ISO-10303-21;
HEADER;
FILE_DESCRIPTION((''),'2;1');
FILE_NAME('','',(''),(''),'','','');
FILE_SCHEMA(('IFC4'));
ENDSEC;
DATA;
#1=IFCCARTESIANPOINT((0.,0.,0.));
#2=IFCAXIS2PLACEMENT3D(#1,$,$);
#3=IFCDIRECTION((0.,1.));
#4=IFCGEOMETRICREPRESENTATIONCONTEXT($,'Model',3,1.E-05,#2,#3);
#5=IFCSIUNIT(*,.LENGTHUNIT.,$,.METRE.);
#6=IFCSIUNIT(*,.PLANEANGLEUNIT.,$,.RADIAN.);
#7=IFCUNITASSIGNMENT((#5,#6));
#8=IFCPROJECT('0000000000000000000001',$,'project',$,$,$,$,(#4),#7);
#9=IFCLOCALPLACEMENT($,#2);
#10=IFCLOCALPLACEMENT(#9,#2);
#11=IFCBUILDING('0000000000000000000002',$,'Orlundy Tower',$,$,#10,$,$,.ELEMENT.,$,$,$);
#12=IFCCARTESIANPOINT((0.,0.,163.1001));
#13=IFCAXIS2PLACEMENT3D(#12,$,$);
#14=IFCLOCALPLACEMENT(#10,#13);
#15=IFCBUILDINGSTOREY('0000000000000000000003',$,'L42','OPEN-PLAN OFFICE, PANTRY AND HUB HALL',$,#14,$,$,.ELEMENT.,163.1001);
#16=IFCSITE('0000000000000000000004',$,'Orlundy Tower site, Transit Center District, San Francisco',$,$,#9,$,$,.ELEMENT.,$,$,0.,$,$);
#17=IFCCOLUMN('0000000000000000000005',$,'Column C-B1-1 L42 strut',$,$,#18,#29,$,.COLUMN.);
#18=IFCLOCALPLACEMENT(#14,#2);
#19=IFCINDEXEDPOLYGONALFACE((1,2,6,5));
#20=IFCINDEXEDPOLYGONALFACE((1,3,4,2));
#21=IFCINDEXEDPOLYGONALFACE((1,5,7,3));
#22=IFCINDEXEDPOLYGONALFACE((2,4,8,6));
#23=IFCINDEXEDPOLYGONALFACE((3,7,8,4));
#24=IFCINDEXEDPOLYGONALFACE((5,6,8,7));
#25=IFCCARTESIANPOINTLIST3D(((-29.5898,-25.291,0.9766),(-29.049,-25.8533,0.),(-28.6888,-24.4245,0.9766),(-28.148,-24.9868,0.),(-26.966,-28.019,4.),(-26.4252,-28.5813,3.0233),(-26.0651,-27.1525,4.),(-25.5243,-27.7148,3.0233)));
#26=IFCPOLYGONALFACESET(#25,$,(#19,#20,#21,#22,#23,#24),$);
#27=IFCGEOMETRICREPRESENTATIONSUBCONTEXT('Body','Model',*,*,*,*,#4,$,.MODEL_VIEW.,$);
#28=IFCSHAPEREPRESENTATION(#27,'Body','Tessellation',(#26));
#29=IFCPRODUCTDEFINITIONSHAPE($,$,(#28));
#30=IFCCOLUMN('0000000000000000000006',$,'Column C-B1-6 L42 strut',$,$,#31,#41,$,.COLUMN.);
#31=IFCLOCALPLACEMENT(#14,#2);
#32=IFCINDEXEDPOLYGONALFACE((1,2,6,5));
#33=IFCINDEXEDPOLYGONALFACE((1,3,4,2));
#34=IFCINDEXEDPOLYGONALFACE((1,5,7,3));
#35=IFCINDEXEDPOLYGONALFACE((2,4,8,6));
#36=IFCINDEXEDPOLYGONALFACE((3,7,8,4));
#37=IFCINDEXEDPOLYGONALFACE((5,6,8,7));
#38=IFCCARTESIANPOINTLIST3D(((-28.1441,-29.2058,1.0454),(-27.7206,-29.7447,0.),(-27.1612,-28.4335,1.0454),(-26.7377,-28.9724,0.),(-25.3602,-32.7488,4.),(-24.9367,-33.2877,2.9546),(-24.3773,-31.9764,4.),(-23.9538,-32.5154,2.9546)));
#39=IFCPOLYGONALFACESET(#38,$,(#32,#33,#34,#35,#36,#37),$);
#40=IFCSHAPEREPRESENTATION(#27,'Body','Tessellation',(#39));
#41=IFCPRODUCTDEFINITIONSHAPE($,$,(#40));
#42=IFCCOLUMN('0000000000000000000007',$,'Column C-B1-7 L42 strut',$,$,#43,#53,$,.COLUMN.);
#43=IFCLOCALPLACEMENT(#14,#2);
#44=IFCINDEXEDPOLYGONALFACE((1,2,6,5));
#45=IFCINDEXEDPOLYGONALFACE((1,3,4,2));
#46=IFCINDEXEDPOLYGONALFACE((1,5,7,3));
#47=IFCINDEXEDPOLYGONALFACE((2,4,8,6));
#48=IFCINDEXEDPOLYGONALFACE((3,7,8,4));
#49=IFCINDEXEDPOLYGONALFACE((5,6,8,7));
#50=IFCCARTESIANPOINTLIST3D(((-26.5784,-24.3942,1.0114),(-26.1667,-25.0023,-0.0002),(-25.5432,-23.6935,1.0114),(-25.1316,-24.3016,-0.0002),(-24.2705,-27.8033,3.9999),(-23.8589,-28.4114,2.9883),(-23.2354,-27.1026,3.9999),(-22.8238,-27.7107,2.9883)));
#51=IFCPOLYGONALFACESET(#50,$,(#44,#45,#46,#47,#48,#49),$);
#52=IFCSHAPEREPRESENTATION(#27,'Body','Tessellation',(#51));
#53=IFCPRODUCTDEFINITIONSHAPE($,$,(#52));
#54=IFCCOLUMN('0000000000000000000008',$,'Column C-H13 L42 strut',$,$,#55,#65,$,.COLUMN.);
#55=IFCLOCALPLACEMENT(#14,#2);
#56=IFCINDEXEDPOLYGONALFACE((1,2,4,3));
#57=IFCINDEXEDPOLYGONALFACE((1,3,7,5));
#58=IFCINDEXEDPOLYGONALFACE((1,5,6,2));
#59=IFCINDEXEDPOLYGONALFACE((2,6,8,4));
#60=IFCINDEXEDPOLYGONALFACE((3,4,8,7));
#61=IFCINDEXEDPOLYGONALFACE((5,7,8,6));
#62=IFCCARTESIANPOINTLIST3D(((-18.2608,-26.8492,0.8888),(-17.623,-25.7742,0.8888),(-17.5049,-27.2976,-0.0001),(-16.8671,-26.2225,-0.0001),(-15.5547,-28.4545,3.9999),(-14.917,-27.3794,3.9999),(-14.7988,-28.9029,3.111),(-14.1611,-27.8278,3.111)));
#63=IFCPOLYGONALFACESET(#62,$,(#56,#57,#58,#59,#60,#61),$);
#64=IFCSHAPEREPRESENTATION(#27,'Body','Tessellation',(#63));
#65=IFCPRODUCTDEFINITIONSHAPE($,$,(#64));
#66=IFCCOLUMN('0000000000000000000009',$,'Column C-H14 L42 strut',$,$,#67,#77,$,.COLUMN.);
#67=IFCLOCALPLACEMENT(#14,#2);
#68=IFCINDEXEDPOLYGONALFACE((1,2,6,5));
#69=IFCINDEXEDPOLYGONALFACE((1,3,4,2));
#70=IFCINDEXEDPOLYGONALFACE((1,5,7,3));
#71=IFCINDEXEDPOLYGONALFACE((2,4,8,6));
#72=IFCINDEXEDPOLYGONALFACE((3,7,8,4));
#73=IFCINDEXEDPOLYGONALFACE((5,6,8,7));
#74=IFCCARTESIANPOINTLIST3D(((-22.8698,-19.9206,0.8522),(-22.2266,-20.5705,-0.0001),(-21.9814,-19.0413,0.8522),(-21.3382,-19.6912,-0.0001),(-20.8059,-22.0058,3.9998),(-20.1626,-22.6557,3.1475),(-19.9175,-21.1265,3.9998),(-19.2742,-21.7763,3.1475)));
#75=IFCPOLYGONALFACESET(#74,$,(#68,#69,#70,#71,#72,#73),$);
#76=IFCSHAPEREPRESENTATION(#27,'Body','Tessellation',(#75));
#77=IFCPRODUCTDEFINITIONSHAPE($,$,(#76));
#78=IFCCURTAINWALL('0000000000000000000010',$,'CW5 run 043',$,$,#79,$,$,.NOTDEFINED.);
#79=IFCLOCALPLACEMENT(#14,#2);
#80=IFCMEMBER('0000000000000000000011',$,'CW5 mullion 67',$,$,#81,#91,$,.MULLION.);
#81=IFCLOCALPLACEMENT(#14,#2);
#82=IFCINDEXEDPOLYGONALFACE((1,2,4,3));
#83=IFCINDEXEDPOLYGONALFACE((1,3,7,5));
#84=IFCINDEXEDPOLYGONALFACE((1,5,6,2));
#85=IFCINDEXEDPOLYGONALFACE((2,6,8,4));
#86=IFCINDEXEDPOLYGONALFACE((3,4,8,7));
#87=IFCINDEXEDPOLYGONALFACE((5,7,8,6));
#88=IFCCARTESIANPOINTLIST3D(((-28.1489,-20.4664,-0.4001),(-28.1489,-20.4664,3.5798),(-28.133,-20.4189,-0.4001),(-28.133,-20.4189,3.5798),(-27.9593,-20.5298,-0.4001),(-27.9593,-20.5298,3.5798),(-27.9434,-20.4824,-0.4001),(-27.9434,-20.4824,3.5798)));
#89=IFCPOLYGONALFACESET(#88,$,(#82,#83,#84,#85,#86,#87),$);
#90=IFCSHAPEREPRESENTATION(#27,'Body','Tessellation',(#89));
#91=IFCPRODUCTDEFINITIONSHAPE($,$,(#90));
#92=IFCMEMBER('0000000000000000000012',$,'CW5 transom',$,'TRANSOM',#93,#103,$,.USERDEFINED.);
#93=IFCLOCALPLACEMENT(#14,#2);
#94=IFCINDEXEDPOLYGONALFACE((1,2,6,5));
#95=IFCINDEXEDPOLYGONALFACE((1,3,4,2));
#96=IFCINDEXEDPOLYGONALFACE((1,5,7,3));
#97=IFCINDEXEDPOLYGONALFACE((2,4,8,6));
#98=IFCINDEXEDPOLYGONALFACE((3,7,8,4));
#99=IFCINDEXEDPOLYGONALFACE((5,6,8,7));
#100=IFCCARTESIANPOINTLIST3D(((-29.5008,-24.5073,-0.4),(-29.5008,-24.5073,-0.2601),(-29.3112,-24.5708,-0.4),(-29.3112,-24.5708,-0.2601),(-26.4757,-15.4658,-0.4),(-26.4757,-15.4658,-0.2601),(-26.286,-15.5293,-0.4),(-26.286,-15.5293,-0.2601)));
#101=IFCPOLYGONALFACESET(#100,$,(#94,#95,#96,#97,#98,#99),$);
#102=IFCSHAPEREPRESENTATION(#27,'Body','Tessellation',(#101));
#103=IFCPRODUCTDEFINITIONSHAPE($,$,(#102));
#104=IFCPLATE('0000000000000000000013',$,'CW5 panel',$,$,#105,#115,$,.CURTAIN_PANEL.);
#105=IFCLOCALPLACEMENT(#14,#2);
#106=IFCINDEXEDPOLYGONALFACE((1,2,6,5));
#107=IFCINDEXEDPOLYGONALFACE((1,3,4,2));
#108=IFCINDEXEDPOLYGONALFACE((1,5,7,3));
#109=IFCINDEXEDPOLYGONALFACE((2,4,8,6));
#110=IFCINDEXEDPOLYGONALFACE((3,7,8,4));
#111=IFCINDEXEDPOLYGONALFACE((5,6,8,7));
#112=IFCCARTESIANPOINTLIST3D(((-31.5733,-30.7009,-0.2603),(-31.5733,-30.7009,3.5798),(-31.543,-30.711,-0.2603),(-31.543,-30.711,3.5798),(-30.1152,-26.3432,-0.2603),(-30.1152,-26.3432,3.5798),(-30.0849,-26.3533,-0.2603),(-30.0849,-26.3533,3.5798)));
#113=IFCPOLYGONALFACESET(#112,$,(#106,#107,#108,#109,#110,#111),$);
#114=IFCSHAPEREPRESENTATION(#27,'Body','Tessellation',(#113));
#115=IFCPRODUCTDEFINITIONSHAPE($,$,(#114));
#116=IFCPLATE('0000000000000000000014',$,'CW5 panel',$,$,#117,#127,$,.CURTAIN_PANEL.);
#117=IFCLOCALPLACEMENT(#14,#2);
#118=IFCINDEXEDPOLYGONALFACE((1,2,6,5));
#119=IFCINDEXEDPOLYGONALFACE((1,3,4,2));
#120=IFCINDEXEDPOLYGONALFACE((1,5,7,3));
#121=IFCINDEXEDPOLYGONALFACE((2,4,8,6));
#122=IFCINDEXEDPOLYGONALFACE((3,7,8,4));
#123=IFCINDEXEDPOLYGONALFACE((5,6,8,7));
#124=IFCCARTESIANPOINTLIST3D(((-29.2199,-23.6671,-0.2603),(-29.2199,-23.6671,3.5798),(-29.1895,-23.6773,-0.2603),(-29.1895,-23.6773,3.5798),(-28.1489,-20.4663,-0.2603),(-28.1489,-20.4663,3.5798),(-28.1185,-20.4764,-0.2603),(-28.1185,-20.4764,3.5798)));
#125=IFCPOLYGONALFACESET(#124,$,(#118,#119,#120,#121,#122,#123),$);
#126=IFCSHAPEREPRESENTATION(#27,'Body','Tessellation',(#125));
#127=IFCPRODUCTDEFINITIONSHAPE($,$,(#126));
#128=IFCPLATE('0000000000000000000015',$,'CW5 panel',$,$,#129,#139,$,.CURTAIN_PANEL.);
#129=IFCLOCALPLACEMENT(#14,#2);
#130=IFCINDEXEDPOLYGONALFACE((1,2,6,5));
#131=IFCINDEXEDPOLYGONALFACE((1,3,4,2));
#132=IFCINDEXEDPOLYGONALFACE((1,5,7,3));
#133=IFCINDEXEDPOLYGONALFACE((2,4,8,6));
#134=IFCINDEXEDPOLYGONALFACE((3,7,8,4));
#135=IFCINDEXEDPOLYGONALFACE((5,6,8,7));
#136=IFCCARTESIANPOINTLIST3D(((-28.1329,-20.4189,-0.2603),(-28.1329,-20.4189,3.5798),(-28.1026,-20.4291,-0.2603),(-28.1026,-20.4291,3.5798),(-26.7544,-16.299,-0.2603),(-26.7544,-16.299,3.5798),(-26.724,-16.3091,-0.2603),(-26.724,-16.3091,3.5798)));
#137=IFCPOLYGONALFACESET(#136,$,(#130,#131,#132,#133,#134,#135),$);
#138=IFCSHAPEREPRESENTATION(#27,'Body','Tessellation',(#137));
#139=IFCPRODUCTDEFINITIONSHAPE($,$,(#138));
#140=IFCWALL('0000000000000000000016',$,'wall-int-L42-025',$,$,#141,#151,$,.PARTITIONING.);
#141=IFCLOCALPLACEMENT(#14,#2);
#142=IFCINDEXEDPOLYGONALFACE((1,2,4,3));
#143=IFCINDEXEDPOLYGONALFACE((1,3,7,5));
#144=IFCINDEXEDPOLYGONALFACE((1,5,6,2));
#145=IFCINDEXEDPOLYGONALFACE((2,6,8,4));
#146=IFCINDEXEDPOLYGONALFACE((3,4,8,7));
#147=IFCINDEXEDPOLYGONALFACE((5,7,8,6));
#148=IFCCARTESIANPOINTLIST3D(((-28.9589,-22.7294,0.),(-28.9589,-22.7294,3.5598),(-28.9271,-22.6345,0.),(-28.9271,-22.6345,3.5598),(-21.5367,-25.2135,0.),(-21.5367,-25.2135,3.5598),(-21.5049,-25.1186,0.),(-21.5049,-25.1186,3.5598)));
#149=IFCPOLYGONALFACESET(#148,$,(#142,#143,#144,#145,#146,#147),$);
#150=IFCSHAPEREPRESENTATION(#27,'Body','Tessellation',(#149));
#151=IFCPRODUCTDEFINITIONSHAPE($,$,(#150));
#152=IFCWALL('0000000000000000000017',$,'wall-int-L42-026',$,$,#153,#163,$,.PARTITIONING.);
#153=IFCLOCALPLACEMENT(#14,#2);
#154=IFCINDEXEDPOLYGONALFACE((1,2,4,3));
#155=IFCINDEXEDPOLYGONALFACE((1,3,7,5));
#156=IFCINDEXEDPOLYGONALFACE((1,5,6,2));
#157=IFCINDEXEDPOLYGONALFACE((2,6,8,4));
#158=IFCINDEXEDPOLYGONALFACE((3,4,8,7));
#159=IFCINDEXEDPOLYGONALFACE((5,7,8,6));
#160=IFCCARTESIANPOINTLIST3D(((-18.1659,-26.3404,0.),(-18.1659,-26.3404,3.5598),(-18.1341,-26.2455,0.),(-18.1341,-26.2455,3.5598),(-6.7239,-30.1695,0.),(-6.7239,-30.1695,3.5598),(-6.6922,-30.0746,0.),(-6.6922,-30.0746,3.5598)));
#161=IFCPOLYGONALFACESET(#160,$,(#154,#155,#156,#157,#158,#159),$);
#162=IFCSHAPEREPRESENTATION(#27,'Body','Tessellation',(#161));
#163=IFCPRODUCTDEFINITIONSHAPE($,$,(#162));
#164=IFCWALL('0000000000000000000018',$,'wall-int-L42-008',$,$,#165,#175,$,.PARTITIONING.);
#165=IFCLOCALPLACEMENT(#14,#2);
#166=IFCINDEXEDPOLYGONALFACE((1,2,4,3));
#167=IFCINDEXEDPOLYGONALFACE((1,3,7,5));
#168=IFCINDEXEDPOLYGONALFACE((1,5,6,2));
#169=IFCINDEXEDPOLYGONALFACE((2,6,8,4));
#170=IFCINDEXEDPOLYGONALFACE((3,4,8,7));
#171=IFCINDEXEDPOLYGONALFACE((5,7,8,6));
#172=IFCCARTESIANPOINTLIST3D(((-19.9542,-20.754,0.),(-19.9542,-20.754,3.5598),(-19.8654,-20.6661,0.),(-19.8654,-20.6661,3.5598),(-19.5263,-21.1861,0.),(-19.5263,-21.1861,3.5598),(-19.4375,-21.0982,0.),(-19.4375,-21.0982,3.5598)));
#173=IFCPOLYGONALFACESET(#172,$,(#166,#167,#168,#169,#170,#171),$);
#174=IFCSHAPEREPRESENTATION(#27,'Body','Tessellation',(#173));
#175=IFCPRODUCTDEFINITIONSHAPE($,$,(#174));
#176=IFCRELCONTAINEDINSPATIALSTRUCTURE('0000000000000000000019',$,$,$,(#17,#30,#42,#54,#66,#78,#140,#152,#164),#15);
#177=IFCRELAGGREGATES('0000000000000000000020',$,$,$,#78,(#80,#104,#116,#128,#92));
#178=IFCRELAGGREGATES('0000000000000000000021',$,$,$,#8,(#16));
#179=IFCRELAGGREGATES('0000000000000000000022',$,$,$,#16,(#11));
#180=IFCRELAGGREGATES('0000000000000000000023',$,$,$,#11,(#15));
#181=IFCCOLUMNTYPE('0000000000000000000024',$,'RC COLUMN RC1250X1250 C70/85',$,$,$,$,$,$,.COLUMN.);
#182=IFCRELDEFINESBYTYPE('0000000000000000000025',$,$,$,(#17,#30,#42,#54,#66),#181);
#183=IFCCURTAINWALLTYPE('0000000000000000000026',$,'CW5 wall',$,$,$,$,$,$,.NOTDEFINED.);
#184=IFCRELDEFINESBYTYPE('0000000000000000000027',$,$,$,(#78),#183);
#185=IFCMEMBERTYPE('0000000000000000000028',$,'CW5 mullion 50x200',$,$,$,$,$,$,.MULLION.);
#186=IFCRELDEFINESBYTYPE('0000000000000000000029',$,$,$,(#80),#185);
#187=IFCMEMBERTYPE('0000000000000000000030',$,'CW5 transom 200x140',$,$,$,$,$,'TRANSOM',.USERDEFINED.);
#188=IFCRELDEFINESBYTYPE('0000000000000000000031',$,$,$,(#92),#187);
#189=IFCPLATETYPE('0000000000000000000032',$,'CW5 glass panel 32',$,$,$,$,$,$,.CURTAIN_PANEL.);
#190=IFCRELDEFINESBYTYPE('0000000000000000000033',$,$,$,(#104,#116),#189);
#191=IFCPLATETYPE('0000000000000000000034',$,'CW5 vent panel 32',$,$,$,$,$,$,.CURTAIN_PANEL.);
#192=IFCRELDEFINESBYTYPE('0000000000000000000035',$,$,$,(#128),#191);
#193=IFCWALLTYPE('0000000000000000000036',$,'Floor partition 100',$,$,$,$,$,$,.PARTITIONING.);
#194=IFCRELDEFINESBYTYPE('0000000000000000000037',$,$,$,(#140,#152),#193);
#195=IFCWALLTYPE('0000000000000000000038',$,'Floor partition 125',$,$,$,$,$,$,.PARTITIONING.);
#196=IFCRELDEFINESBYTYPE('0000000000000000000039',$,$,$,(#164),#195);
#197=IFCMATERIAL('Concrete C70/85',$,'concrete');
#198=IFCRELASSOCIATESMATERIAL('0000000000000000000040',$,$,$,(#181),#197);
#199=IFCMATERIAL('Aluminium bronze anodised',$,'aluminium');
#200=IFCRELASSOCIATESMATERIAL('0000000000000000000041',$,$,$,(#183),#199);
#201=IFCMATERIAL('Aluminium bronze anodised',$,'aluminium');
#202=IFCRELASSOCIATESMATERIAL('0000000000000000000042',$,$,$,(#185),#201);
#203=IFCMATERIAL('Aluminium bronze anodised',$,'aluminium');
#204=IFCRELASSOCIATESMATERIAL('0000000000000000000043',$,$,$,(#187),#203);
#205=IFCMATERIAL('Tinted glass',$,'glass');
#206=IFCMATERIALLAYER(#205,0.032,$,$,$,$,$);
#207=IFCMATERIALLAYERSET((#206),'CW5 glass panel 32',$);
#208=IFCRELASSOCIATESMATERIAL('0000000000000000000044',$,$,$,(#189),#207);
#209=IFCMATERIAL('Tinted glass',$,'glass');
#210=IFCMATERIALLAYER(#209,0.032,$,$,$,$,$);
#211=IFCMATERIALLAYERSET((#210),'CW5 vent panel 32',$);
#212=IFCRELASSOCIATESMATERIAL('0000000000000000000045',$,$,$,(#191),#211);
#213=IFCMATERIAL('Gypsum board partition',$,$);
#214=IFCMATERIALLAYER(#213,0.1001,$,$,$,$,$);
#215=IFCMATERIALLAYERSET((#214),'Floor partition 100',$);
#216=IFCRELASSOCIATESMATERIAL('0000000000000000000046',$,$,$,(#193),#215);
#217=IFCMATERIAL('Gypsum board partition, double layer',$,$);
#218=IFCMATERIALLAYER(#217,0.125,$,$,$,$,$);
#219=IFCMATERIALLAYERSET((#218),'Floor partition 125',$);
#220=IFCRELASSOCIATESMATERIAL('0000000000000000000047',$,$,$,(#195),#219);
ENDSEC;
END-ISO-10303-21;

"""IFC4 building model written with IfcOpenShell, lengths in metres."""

from ifc_helpers import new_model, si_unit, direction, frame, frame_2d, origin, origin_2d, place, context, subcontext, project, spatial, rectangle, extrude, material, layer, layer_set, material_profile, profile_set, type_object, element, aggregate, save


model = new_model("IFC4")

# Units and contexts
model_context = context("Model", 3, precision=1e-05, world=origin(), true_north=direction((0.0, 1.0)))
body_context = subcontext(model_context, "Body", "Model", "MODEL_VIEW")
ifc_project = project(units=[si_unit("LENGTHUNIT", "METRE"), si_unit("PLANEANGLEUNIT", "RADIAN")], contexts=[model_context])

# Site, building, storey
site_placement = place(None, origin())
site = spatial("IfcSite", under=ifc_project, at=site_placement, Name="Orlundy Tower site, Transit Center District, San Francisco", CompositionType="ELEMENT", RefElevation=0.0)
building_placement = place(site_placement, origin())
building = spatial("IfcBuilding", under=site, at=building_placement, Name="Orlundy Tower", CompositionType="ELEMENT")
storey_placement = place(building_placement, frame((0.0, 0.0, 163.1001)))
storey = spatial("IfcBuildingStorey", under=building, at=storey_placement, Name="L42", Description="OPEN-PLAN OFFICE, PANTRY AND HUB HALL", CompositionType="ELEMENT", Elevation=163.1001)

# Columns
ifc_material_1 = material(Name="Concrete C70/85", Category="concrete")
ifc_material_profile_1 = material_profile(ifc_material_1, rectangle(XDim=1.25, YDim=1.25, at=origin_2d()), Name="RC1250X1250")
ifc_profile_set_1 = profile_set([ifc_material_profile_1], Name="Concrete C70/85")
column_type = type_object("IfcColumnType", Name="RC COLUMN RC1250X1250 C70/85", PredefinedType="COLUMN", material=ifc_profile_set_1)
column_1_placement = place(storey_placement, frame((-28.8689, -25.1389, 0.4883), z_axis=(0.541619, -0.563138, 0.624119), x_axis=(0.720744, 0.693202, 0.0)))
element("IfcColumn", 1, at=column_1_placement, inside=storey, type_object=column_type, Name="Column C-B1-1 L42 strut", PredefinedType="COLUMN", context=body_context, shape_type="SweptSolid", body=[
    extrude(rectangle(XDim=1.25, YDim=1.25, at=origin_2d()), origin(), (0.0, 0.0, 1.0), 4.8442),
])
column_2_placement = place(storey_placement, frame((-27.4409, -29.0891, 0.5227), z_axis=(0.516674, -0.657544, 0.548346), x_axis=(0.7863, 0.617845, 0.0)))
element("IfcColumn", 2, at=column_2_placement, inside=storey, type_object=column_type, Name="Column C-B1-6 L42 strut", PredefinedType="COLUMN", context=body_context, shape_type="SweptSolid", body=[
    extrude(rectangle(XDim=1.25, YDim=1.25, at=origin_2d()), origin(), (0.0, 0.0, 1.0), 5.3882),
])
column_3_placement = place(storey_placement, frame((-25.855, -24.3479, 0.5056), z_axis=(0.453657, -0.670143, 0.587455), x_axis=(0.828097, 0.560585, 0.0)))
element("IfcColumn", 3, at=column_3_placement, inside=storey, type_object=column_type, Name="Column C-B1-7 L42 strut", PredefinedType="COLUMN", context=body_context, shape_type="SweptSolid", body=[
    extrude(rectangle(XDim=1.25, YDim=1.25, at=origin_2d()), origin(), (0.0, 0.0, 1.0), 5.0872),
])
column_4_placement = place(storey_placement, frame((-17.564, -26.5359, 0.4443), z_axis=(0.611574, -0.362784, 0.703111), x_axis=(0.510187, 0.860063, 0.0)))
element("IfcColumn", 4, at=column_4_placement, inside=storey, type_object=column_type, Name="Column C-H13 L42 strut", PredefinedType="COLUMN", context=body_context, shape_type="SweptSolid", body=[
    extrude(rectangle(XDim=1.25, YDim=1.25, at=origin_2d()), origin(), (0.0, 0.0, 1.0), 4.4248),
])
column_5_placement = place(storey_placement, frame((-22.104, -19.8059, 0.426), z_axis=(0.479654, -0.48459, 0.731509), x_axis=(0.710717, 0.703478, 0.0)))
element("IfcColumn", 5, at=column_5_placement, inside=storey, type_object=column_type, Name="Column C-H14 L42 strut", PredefinedType="COLUMN", context=body_context, shape_type="SweptSolid", body=[
    extrude(rectangle(XDim=1.25, YDim=1.25, at=origin_2d()), origin(), (0.0, 0.0, 1.0), 4.303),
])

# Curtain wall, members, plates
ifc_material_2 = material(Name="Aluminium bronze anodised", Category="aluminium")
curtain_wall_type = type_object("IfcCurtainWallType", Name="CW5 wall", PredefinedType="NOTDEFINED", material=ifc_material_2)
curtain_wall_placement = place(storey_placement, origin())
curtain_wall = element("IfcCurtainWall", 6, at=curtain_wall_placement, inside=storey, type_object=curtain_wall_type, Name="CW5 run 043", PredefinedType="NOTDEFINED")
ifc_material_3 = material(Name="Aluminium bronze anodised", Category="aluminium")
ifc_material_profile_2 = material_profile(ifc_material_3, rectangle(XDim=0.2, YDim=0.05, at=origin_2d()), Name="CW5 mullion 50x200")
ifc_profile_set_2 = profile_set([ifc_material_profile_2], Name="Aluminium bronze anodised")
member_type_1 = type_object("IfcMemberType", Name="CW5 mullion 50x200", PredefinedType="MULLION", material=ifc_profile_set_2)
member_1_placement = place(storey_placement, frame((-28.0461, -20.4744, -0.4001), z_axis=(0.0, 0.0, 1.0), x_axis=(-0.948321, 0.317312, 0.0)))
member_1 = element("IfcMember", 7, at=member_1_placement, type_object=member_type_1, Name="CW5 mullion 67", PredefinedType="MULLION", context=body_context, shape_type="SweptSolid", body=[
    extrude(rectangle(XDim=0.2, YDim=0.05, at=origin_2d()), origin(), (0.0, 0.0, 1.0), 3.98),
])
ifc_material_4 = material(Name="Aluminium bronze anodised", Category="aluminium")
ifc_material_profile_3 = material_profile(ifc_material_4, rectangle(XDim=0.2, YDim=0.1399, at=origin_2d()), Name="CW5 transom 200x140")
ifc_profile_set_3 = profile_set([ifc_material_profile_3], Name="Aluminium bronze anodised")
member_type_2 = type_object("IfcMemberType", Name="CW5 transom 200x140", ElementType="TRANSOM", PredefinedType="USERDEFINED", material=ifc_profile_set_3)
member_2_placement = place(storey_placement, frame((-29.406, -24.5391, -0.3301), z_axis=(0.317295, 0.948327, 0.0), x_axis=(-0.948327, 0.317295, 0.0)))
member_2 = element("IfcMember", 8, at=member_2_placement, type_object=member_type_2, Name="CW5 transom", ObjectType="TRANSOM", PredefinedType="USERDEFINED", context=body_context, shape_type="SweptSolid", body=[
    extrude(rectangle(XDim=0.2, YDim=0.1399, at=origin_2d()), origin(), (0.0, 0.0, 1.0), 9.5342),
])
ifc_material_5 = material(Name="Tinted glass", Category="glass")
ifc_layer_1 = layer(ifc_material_5, 0.032)
ifc_layer_set_1 = layer_set([ifc_layer_1], Name="CW5 glass panel 32")
plate_type_1 = type_object("IfcPlateType", Name="CW5 glass panel 32", PredefinedType="CURTAIN_PANEL", material=ifc_layer_set_1)
plate_1_placement = place(storey_placement, frame((-30.8291, -28.5271, -0.2603), z_axis=(0.0, 0.0, 1.0), x_axis=(0.317312, 0.948321, 0.0)))
plate_1 = element("IfcPlate", 9, at=plate_1_placement, type_object=plate_type_1, Name="CW5 panel", PredefinedType="CURTAIN_PANEL", context=body_context, shape_type="SweptSolid", body=[
    extrude(rectangle(XDim=4.5952, YDim=0.032, at=origin_2d()), origin(), (0.0, 0.0, 1.0), 3.8401),
])
plate_2_placement = place(storey_placement, frame((-28.6692, -22.0718, -0.2603), z_axis=(0.0, 0.0, 1.0), x_axis=(0.317312, 0.948321, 0.0)))
plate_2 = element("IfcPlate", 10, at=plate_2_placement, type_object=plate_type_1, Name="CW5 panel", PredefinedType="CURTAIN_PANEL", context=body_context, shape_type="SweptSolid", body=[
    extrude(rectangle(XDim=3.3752, YDim=0.032, at=origin_2d()), origin(), (0.0, 0.0, 1.0), 3.8401),
])
ifc_material_6 = material(Name="Tinted glass", Category="glass")
ifc_layer_2 = layer(ifc_material_6, 0.032)
ifc_layer_set_2 = layer_set([ifc_layer_2], Name="CW5 vent panel 32")
plate_type_2 = type_object("IfcPlateType", Name="CW5 vent panel 32", PredefinedType="CURTAIN_PANEL", material=ifc_layer_set_2)
plate_3_placement = place(storey_placement, frame((-27.4285, -18.364, -0.2603), z_axis=(0.0, 0.0, 1.0), x_axis=(0.317312, 0.948321, 0.0)))
plate_3 = element("IfcPlate", 11, at=plate_3_placement, type_object=plate_type_2, Name="CW5 panel", PredefinedType="CURTAIN_PANEL", context=body_context, shape_type="SweptSolid", body=[
    extrude(rectangle(XDim=4.3445, YDim=0.032, at=origin_2d()), origin(), (0.0, 0.0, 1.0), 3.8401),
])
aggregate(curtain_wall, [member_1, plate_1, plate_2, plate_3, member_2])

# Walls
ifc_material_7 = material(Name="Gypsum board partition")
ifc_layer_3 = layer(ifc_material_7, 0.1001)
ifc_layer_set_3 = layer_set([ifc_layer_3], Name="Floor partition 100")
wall_type_1 = type_object("IfcWallType", Name="Floor partition 100", PredefinedType="PARTITIONING", material=ifc_layer_set_3)
wall_1_placement = place(storey_placement, frame((-28.9431, -22.6819, 0.0), z_axis=(0.0, 0.0, 1.0), x_axis=(0.948296, -0.317388, 0.0)))
element("IfcWall", 12, at=wall_1_placement, inside=storey, type_object=wall_type_1, Name="wall-int-L42-025", PredefinedType="PARTITIONING", context=body_context, shape_type="SweptSolid", body=[
    extrude(rectangle(XDim=7.8269, YDim=0.1001, at=frame_2d((3.9136, 0.0))), origin(), (0.0, 0.0, 1.0), 3.5598),
])
wall_2_placement = place(storey_placement, frame((-18.1499, -26.293, 0.0), z_axis=(0.0, 0.0, 1.0), x_axis=(0.948306, -0.317357, 0.0)))
element("IfcWall", 13, at=wall_2_placement, inside=storey, type_object=wall_type_1, Name="wall-int-L42-026", PredefinedType="PARTITIONING", context=body_context, shape_type="SweptSolid", body=[
    extrude(rectangle(XDim=12.0657, YDim=0.1001, at=frame_2d((6.0327, 0.0))), origin(), (0.0, 0.0, 1.0), 3.5598),
])
ifc_material_8 = material(Name="Gypsum board partition, double layer")
ifc_layer_4 = layer(ifc_material_8, 0.125)
ifc_layer_set_4 = layer_set([ifc_layer_4], Name="Floor partition 125")
wall_type_2 = type_object("IfcWallType", Name="Floor partition 125", PredefinedType="PARTITIONING", material=ifc_layer_set_4)
wall_3_placement = place(storey_placement, frame((-19.9099, -20.71, 0.0), z_axis=(0.0, 0.0, 1.0), x_axis=(0.703686, -0.710511, 0.0)))
element("IfcWall", 14, at=wall_3_placement, inside=storey, type_object=wall_type_2, Name="wall-int-L42-008", PredefinedType="PARTITIONING", context=body_context, shape_type="SweptSolid", body=[
    extrude(rectangle(XDim=0.6082, YDim=0.125, at=frame_2d((0.3042, 0.0))), origin(), (0.0, 0.0, 1.0), 3.5598),
])

save(model, "model.ifc")
